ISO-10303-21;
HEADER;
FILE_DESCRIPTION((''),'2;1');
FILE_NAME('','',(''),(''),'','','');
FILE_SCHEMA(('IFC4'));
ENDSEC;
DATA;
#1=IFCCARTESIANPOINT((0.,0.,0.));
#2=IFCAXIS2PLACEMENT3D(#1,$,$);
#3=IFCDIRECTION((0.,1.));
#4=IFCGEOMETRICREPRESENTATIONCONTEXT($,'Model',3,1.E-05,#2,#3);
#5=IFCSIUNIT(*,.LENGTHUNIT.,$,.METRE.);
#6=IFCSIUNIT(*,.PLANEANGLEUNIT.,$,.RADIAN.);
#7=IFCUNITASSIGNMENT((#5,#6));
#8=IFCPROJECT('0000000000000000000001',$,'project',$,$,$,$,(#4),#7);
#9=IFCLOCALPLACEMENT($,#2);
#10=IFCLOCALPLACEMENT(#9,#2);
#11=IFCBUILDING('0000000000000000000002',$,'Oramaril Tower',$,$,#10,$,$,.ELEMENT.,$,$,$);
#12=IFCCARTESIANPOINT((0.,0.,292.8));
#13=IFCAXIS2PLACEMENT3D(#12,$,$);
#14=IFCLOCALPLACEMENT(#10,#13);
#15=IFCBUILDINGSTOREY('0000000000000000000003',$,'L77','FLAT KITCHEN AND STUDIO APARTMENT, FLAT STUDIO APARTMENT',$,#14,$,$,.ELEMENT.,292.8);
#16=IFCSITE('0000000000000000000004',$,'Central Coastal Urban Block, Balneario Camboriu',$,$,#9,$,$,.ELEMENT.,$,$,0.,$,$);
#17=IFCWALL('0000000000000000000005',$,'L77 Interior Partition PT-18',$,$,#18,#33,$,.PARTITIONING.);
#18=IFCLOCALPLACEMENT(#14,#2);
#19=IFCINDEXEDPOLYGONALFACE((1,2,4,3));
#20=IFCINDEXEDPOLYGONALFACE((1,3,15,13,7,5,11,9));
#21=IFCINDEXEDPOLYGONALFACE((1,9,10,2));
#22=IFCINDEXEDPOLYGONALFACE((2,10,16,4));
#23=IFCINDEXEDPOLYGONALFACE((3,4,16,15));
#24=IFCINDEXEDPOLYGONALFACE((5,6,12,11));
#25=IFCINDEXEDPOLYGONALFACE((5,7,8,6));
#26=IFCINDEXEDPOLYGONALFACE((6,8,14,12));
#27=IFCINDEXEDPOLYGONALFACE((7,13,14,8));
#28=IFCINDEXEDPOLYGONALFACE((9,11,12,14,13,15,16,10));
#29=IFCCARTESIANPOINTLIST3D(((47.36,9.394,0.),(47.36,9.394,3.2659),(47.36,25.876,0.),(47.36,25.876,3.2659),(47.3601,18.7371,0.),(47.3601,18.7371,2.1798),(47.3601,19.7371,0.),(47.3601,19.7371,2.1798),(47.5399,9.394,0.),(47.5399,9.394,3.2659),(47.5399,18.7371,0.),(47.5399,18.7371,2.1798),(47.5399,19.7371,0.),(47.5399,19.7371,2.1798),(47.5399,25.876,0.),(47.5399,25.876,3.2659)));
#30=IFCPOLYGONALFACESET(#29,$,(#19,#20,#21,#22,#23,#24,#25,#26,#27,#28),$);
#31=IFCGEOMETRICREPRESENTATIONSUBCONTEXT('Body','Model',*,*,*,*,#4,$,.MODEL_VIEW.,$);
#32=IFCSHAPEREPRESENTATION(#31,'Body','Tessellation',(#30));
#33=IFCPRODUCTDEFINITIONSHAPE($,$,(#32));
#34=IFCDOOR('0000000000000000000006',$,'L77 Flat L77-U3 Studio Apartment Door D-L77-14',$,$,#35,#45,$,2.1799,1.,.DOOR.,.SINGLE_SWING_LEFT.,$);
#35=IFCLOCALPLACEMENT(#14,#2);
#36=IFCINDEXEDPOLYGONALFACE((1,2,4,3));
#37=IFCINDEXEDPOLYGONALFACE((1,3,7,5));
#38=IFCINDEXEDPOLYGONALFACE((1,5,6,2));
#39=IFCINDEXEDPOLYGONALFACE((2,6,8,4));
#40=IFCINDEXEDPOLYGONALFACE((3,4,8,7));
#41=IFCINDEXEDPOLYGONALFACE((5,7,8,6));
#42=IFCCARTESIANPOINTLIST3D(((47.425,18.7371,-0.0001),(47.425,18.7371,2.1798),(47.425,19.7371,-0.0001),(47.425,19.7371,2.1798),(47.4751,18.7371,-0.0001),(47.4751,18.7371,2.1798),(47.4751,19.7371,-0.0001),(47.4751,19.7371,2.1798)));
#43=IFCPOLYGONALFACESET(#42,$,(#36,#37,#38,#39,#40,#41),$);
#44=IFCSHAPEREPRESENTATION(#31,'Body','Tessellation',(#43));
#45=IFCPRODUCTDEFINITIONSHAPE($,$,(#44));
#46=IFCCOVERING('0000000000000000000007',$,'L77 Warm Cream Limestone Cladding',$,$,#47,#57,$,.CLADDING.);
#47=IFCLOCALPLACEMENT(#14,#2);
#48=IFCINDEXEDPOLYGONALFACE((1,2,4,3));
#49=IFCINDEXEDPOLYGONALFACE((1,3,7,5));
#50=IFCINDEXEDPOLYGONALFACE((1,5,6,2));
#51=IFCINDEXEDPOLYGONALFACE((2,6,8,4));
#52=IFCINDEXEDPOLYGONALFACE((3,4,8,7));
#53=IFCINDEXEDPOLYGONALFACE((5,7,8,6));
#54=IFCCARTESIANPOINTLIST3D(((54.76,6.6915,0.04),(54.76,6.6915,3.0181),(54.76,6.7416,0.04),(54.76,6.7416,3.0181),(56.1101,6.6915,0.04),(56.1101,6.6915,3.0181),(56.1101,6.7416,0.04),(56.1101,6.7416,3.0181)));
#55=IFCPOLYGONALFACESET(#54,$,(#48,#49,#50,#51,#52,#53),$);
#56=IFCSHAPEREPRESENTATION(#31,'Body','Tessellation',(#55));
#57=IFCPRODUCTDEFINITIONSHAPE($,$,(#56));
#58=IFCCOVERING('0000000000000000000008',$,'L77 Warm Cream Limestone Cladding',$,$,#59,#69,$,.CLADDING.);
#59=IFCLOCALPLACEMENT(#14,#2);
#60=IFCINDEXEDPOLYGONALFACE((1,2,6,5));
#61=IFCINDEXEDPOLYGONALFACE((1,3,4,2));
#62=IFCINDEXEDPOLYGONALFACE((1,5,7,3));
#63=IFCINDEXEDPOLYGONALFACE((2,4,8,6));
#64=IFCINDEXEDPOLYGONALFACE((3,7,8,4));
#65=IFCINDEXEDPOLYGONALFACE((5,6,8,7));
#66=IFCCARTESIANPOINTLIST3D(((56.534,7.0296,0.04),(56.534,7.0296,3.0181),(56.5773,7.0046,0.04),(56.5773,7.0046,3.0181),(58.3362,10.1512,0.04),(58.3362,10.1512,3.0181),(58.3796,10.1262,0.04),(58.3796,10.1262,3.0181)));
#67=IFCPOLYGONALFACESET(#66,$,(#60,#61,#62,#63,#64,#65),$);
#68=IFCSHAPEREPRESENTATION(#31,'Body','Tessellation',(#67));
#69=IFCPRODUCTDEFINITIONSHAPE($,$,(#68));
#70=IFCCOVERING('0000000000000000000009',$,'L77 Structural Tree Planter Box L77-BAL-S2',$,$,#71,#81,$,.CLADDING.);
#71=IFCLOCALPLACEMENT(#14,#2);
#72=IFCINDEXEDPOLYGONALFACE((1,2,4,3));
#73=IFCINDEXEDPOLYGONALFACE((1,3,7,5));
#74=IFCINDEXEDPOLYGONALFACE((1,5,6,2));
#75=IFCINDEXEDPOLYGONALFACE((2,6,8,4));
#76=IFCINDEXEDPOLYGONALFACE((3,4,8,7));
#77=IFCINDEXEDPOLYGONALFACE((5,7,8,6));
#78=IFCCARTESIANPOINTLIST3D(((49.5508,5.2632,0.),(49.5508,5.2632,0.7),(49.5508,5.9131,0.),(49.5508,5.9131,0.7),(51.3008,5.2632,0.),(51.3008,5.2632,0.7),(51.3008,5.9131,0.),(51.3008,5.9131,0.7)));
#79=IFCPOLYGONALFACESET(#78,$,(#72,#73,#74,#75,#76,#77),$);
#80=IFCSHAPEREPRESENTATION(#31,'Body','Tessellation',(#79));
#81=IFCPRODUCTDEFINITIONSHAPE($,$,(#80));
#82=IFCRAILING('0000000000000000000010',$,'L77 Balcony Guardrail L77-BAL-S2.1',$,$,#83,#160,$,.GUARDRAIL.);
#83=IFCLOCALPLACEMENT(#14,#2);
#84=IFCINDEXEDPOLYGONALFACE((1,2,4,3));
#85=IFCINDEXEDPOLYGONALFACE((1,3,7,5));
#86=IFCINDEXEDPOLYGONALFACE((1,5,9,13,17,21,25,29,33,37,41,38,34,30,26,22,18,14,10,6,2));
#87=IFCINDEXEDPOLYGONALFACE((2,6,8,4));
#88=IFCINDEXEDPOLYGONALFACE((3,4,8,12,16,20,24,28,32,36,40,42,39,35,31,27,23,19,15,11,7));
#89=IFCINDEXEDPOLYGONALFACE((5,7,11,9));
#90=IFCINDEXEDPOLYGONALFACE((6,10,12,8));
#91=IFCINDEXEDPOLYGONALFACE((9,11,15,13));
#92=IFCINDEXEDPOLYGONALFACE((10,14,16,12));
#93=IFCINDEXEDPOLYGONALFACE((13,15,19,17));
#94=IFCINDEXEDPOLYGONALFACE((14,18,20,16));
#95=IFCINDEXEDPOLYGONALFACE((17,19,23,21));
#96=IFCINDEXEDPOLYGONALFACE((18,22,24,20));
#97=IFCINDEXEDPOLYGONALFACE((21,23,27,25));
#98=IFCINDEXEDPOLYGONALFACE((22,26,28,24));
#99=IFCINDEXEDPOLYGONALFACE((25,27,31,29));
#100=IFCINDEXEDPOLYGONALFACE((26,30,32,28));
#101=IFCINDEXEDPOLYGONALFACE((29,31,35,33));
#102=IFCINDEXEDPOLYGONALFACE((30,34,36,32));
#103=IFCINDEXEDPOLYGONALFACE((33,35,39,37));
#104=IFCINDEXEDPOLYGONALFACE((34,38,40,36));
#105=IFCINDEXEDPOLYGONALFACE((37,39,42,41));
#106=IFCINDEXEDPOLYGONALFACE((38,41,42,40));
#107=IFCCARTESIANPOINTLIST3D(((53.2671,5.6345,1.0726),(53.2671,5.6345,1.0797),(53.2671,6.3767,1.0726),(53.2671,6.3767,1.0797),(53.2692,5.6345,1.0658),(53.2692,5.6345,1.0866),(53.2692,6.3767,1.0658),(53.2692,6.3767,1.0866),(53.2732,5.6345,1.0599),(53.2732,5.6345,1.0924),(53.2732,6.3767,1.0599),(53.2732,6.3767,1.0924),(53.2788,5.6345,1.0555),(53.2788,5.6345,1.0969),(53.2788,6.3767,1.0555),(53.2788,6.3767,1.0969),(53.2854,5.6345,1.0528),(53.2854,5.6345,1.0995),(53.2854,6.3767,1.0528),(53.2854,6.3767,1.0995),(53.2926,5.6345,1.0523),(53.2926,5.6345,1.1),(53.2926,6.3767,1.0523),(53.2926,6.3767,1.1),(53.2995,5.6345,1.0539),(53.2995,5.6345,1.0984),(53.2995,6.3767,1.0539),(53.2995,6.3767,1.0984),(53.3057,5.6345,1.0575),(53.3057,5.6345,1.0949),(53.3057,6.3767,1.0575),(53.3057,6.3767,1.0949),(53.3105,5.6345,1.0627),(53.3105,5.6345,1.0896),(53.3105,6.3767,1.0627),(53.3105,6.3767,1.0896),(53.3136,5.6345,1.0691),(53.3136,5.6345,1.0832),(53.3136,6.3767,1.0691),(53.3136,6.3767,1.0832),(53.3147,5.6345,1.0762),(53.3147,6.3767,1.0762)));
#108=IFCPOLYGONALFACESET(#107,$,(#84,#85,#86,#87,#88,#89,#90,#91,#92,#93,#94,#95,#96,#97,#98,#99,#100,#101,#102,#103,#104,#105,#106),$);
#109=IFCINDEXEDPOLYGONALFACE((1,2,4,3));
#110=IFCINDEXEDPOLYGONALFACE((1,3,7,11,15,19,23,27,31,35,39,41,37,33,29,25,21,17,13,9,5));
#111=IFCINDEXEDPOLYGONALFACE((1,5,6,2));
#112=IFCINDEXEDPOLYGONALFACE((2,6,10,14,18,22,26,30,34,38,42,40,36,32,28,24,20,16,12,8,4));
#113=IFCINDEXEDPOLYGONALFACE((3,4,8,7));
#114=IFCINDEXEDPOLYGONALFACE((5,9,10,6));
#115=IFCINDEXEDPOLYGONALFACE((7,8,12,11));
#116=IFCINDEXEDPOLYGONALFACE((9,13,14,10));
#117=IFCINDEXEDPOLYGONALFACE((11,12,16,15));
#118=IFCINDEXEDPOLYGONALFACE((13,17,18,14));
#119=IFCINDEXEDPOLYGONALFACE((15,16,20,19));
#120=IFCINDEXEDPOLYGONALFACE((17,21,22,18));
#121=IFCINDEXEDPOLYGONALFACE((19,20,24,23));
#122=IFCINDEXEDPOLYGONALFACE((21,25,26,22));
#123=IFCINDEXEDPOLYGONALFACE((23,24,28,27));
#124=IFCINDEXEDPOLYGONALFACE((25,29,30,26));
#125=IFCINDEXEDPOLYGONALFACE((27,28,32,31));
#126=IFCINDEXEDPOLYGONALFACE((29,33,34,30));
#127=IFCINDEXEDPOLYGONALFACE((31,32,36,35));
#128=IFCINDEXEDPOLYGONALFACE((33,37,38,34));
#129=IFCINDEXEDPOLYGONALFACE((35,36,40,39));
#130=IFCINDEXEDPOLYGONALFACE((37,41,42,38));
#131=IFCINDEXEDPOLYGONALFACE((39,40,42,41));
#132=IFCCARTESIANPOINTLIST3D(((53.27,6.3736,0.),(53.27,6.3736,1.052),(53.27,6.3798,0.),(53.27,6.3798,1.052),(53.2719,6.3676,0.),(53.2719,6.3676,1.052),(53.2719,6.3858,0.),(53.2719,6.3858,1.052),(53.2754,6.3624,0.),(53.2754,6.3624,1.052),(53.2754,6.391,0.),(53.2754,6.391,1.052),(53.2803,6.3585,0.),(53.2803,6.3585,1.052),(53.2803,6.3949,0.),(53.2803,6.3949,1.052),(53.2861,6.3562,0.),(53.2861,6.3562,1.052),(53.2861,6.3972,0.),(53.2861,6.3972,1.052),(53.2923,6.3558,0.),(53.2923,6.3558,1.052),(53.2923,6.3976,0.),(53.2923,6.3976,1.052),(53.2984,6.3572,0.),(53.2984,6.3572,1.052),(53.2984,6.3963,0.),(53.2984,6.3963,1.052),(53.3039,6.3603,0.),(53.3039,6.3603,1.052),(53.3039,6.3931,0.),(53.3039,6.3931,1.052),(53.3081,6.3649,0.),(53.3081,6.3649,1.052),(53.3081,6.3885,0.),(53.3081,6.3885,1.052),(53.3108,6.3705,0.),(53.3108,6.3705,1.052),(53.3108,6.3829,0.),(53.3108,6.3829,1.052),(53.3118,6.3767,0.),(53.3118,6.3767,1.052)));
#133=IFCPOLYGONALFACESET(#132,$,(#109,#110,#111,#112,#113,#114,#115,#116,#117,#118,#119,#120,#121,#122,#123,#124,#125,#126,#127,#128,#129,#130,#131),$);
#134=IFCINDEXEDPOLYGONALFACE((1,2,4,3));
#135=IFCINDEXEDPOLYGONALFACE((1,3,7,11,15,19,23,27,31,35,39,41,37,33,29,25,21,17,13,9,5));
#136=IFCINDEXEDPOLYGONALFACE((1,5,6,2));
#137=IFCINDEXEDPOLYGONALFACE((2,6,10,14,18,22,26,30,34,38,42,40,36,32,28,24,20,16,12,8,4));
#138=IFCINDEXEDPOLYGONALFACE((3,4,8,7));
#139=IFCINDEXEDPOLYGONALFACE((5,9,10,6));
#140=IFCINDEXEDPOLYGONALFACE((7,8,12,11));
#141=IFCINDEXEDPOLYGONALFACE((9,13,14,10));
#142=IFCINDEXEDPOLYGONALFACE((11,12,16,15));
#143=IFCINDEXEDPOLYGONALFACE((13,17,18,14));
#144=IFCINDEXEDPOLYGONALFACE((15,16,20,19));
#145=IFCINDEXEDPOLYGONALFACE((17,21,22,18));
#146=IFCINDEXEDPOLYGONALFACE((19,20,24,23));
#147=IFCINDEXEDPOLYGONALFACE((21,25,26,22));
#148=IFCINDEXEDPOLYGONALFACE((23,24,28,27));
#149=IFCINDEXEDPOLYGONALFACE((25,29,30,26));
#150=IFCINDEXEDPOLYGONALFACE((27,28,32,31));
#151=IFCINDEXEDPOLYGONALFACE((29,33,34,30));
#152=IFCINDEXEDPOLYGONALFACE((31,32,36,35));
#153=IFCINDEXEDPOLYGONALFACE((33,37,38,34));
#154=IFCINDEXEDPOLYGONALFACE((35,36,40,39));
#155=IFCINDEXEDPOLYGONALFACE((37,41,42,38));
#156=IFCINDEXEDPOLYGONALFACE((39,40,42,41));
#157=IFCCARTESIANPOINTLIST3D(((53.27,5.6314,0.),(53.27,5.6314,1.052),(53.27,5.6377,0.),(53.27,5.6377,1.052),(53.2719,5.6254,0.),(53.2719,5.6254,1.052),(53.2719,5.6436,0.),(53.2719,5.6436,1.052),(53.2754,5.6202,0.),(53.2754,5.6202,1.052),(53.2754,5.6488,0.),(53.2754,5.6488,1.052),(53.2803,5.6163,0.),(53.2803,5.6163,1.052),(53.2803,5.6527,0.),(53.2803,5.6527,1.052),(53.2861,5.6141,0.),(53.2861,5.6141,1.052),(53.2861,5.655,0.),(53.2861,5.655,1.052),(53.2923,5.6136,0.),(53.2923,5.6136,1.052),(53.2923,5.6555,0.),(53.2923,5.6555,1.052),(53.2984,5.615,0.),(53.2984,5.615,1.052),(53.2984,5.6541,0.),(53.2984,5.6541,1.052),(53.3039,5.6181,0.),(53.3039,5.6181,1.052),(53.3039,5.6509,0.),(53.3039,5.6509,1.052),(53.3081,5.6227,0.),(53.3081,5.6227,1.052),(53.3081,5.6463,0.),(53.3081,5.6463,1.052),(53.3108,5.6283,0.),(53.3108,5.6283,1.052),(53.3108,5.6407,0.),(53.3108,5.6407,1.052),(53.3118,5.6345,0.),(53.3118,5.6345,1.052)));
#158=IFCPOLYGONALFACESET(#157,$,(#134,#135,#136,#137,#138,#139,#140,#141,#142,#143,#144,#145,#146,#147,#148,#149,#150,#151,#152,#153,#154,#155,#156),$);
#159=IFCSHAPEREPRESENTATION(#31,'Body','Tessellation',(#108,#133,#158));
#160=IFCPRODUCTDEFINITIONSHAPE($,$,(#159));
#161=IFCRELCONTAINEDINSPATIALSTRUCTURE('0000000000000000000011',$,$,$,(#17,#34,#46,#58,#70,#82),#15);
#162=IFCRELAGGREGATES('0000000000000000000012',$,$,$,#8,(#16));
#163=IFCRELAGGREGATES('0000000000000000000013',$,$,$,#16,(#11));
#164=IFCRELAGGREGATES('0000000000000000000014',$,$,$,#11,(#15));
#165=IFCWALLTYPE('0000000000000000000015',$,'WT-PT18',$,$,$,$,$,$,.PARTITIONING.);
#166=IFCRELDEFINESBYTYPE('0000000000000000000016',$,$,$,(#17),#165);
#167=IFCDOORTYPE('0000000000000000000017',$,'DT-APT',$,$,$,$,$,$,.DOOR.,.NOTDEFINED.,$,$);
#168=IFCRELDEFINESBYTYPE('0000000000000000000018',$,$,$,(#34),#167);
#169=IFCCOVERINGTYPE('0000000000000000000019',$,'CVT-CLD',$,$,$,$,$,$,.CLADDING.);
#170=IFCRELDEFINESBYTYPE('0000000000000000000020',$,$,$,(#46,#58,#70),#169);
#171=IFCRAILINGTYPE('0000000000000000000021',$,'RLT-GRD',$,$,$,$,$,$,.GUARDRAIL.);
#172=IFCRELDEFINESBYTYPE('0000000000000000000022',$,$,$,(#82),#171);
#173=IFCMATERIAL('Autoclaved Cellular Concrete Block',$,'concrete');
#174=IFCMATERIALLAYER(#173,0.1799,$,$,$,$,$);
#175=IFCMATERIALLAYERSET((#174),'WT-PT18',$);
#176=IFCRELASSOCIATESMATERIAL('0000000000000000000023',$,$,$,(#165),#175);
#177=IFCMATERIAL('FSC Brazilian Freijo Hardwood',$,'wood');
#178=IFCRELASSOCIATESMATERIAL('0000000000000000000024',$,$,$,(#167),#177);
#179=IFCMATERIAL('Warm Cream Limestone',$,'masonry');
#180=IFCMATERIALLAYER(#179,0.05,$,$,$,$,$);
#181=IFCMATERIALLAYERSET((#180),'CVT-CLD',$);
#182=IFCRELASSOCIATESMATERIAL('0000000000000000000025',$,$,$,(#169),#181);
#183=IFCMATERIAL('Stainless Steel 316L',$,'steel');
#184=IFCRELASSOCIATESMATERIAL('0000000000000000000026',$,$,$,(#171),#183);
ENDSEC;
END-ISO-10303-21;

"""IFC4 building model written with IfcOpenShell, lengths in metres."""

from ifc_helpers import new_model, si_unit, direction, frame, frame_2d, origin, origin_2d, place, context, subcontext, project, spatial, rectangle, circle, extrude, material, layer, layer_set, type_object, element, fill, save


model = new_model("IFC4")

# Units and contexts
model_context = context("Model", 3, precision=1e-05, world=origin(), true_north=direction((0.0, 1.0)))
body_context = subcontext(model_context, "Body", "Model", "MODEL_VIEW")
ifc_project = project(units=[si_unit("LENGTHUNIT", "METRE"), si_unit("PLANEANGLEUNIT", "RADIAN")], contexts=[model_context])

# Site, building, storey
site_placement = place(None, origin())
site = spatial("IfcSite", under=ifc_project, at=site_placement, Name="Central Coastal Urban Block, Balneario Camboriu", CompositionType="ELEMENT", RefElevation=0.0)
building_placement = place(site_placement, origin())
building = spatial("IfcBuilding", under=site, at=building_placement, Name="Oramaril Tower", CompositionType="ELEMENT")
storey_placement = place(building_placement, frame((0.0, 0.0, 292.8)))
storey = spatial("IfcBuildingStorey", under=building, at=storey_placement, Name="L77", Description="FLAT KITCHEN AND STUDIO APARTMENT, FLAT STUDIO APARTMENT", CompositionType="ELEMENT", Elevation=292.8)

# Wall, opening, door
ifc_material_1 = material(Name="Autoclaved Cellular Concrete Block", Category="concrete")
ifc_layer_1 = layer(ifc_material_1, 0.1799)
ifc_layer_set_1 = layer_set([ifc_layer_1], Name="WT-PT18")
wall_type_1 = type_object("IfcWallType", Name="WT-PT18", PredefinedType="PARTITIONING", material=ifc_layer_set_1)
wall_1_placement = place(storey_placement, frame((47.45, 9.394, 0.0), z_axis=(0.0, 0.0, 1.0), x_axis=(0.0, 1.0, 0.0)))
wall_1 = element("IfcWall", 1, at=wall_1_placement, inside=storey, type_object=wall_type_1, Name="L77 Interior Partition PT-18", PredefinedType="PARTITIONING", context=body_context, shape_type="SweptSolid", body=[
    extrude(rectangle(XDim=16.4819, YDim=0.1799, at=frame_2d((8.241, 0.0))), origin(), (0.0, 0.0, 1.0), 3.2659),
])
opening_placement = place(wall_1_placement, frame((9.343, 0.0, 0.0)))
opening = element("IfcOpeningElement", 2, at=opening_placement, cuts=wall_1, PredefinedType="OPENING", context=body_context, shape_type="SweptSolid", body=[
    extrude(rectangle(XDim=1.0, YDim=2.1799, at=frame_2d((0.5, 1.0898))), frame((0.0, 0.0898, 0.0), z_axis=(0.0, -1.0, 0.0), x_axis=(1.0, 0.0, 0.0)), (0.0, 0.0, 1.0), 0.1799),
])
ifc_material_2 = material(Name="FSC Brazilian Freijo Hardwood", Category="wood")
door_type = type_object("IfcDoorType", Name="DT-APT", OperationType="NOTDEFINED", PredefinedType="DOOR", material=ifc_material_2)
door_placement = place(opening_placement, origin())
door = element("IfcDoor", 3, at=door_placement, inside=storey, type_object=door_type, Name="L77 Flat L77-U3 Studio Apartment Door D-L77-14", OperationType="SINGLE_SWING_LEFT", OverallHeight=2.1799, OverallWidth=1.0, PredefinedType="DOOR", context=body_context, shape_type="SweptSolid", body=[
    extrude(rectangle(XDim=1.0, YDim=2.1799, at=frame_2d((0.5, 1.0898))), frame((0.0, 0.0249, 0.0), z_axis=(0.0, -1.0, 0.0), x_axis=(1.0, 0.0, 0.0)), (0.0, 0.0, 1.0), 0.05),
])
fill(opening, door)

# Coverings
ifc_material_3 = material(Name="Warm Cream Limestone", Category="masonry")
ifc_layer_2 = layer(ifc_material_3, 0.05)
ifc_layer_set_2 = layer_set([ifc_layer_2], Name="CVT-CLD")
covering_type = type_object("IfcCoveringType", Name="CVT-CLD", PredefinedType="CLADDING", material=ifc_layer_set_2)
covering_1_placement = place(storey_placement, frame((55.4351, 6.7166, 0.04), z_axis=(0.0, 0.0, 1.0), x_axis=(1.0, 0.0, 0.0)))
element("IfcCovering", 4, at=covering_1_placement, inside=storey, type_object=covering_type, Name="L77 Warm Cream Limestone Cladding", PredefinedType="CLADDING", context=body_context, shape_type="SweptSolid", body=[
    extrude(rectangle(XDim=1.3501, YDim=0.05, at=origin_2d()), origin(), (0.0, 0.0, 1.0), 2.978),
])
covering_2_placement = place(storey_placement, frame((57.4568, 8.5779, 0.04), z_axis=(0.0, 0.0, 1.0), x_axis=(0.499998, 0.866026, 0.0)))
element("IfcCovering", 5, at=covering_2_placement, inside=storey, type_object=covering_type, Name="L77 Warm Cream Limestone Cladding", PredefinedType="CLADDING", context=body_context, shape_type="SweptSolid", body=[
    extrude(rectangle(XDim=3.6045, YDim=0.05, at=origin_2d()), origin(), (0.0, 0.0, 1.0), 2.978),
])
covering_3_placement = place(storey_placement, frame((50.4258, 5.5881, 0.0), z_axis=(0.0, 0.0, 1.0), x_axis=(1.0, 0.0, 0.0)))
element("IfcCovering", 6, at=covering_3_placement, inside=storey, type_object=covering_type, Name="L77 Structural Tree Planter Box L77-BAL-S2", PredefinedType="CLADDING", context=body_context, shape_type="SweptSolid", body=[
    extrude(rectangle(XDim=1.75, YDim=0.6499, at=origin_2d()), origin(), (0.0, 0.0, 1.0), 0.7),
])

# Railing
ifc_material_4 = material(Name="Stainless Steel 316L", Category="steel")
railing_type = type_object("IfcRailingType", Name="RLT-GRD", PredefinedType="GUARDRAIL", material=ifc_material_4)
railing_1_placement = place(storey_placement, frame((53.2908, 6.3767, 0.0)))
element("IfcRailing", 7, at=railing_1_placement, inside=storey, type_object=railing_type, Name="L77 Balcony Guardrail L77-BAL-S2.1", PredefinedType="GUARDRAIL", context=body_context, shape_type="SweptSolid", body=[
    extrude(circle(Radius=0.0239, at=origin_2d()), frame((0.0, 0.0, 1.0762), z_axis=(0.0, -1.0, 0.0), x_axis=(1.0, 0.0, 0.0)), (0.0, 0.0, 1.0), 0.7422),
    extrude(circle(Radius=0.021, at=origin_2d()), origin(), (0.0, 0.0, 1.0), 1.052),
    extrude(circle(Radius=0.021, at=origin_2d()), frame((0.0, -0.7422, 0.0)), (0.0, 0.0, 1.0), 1.052),
])

save(model, "model.ifc")
